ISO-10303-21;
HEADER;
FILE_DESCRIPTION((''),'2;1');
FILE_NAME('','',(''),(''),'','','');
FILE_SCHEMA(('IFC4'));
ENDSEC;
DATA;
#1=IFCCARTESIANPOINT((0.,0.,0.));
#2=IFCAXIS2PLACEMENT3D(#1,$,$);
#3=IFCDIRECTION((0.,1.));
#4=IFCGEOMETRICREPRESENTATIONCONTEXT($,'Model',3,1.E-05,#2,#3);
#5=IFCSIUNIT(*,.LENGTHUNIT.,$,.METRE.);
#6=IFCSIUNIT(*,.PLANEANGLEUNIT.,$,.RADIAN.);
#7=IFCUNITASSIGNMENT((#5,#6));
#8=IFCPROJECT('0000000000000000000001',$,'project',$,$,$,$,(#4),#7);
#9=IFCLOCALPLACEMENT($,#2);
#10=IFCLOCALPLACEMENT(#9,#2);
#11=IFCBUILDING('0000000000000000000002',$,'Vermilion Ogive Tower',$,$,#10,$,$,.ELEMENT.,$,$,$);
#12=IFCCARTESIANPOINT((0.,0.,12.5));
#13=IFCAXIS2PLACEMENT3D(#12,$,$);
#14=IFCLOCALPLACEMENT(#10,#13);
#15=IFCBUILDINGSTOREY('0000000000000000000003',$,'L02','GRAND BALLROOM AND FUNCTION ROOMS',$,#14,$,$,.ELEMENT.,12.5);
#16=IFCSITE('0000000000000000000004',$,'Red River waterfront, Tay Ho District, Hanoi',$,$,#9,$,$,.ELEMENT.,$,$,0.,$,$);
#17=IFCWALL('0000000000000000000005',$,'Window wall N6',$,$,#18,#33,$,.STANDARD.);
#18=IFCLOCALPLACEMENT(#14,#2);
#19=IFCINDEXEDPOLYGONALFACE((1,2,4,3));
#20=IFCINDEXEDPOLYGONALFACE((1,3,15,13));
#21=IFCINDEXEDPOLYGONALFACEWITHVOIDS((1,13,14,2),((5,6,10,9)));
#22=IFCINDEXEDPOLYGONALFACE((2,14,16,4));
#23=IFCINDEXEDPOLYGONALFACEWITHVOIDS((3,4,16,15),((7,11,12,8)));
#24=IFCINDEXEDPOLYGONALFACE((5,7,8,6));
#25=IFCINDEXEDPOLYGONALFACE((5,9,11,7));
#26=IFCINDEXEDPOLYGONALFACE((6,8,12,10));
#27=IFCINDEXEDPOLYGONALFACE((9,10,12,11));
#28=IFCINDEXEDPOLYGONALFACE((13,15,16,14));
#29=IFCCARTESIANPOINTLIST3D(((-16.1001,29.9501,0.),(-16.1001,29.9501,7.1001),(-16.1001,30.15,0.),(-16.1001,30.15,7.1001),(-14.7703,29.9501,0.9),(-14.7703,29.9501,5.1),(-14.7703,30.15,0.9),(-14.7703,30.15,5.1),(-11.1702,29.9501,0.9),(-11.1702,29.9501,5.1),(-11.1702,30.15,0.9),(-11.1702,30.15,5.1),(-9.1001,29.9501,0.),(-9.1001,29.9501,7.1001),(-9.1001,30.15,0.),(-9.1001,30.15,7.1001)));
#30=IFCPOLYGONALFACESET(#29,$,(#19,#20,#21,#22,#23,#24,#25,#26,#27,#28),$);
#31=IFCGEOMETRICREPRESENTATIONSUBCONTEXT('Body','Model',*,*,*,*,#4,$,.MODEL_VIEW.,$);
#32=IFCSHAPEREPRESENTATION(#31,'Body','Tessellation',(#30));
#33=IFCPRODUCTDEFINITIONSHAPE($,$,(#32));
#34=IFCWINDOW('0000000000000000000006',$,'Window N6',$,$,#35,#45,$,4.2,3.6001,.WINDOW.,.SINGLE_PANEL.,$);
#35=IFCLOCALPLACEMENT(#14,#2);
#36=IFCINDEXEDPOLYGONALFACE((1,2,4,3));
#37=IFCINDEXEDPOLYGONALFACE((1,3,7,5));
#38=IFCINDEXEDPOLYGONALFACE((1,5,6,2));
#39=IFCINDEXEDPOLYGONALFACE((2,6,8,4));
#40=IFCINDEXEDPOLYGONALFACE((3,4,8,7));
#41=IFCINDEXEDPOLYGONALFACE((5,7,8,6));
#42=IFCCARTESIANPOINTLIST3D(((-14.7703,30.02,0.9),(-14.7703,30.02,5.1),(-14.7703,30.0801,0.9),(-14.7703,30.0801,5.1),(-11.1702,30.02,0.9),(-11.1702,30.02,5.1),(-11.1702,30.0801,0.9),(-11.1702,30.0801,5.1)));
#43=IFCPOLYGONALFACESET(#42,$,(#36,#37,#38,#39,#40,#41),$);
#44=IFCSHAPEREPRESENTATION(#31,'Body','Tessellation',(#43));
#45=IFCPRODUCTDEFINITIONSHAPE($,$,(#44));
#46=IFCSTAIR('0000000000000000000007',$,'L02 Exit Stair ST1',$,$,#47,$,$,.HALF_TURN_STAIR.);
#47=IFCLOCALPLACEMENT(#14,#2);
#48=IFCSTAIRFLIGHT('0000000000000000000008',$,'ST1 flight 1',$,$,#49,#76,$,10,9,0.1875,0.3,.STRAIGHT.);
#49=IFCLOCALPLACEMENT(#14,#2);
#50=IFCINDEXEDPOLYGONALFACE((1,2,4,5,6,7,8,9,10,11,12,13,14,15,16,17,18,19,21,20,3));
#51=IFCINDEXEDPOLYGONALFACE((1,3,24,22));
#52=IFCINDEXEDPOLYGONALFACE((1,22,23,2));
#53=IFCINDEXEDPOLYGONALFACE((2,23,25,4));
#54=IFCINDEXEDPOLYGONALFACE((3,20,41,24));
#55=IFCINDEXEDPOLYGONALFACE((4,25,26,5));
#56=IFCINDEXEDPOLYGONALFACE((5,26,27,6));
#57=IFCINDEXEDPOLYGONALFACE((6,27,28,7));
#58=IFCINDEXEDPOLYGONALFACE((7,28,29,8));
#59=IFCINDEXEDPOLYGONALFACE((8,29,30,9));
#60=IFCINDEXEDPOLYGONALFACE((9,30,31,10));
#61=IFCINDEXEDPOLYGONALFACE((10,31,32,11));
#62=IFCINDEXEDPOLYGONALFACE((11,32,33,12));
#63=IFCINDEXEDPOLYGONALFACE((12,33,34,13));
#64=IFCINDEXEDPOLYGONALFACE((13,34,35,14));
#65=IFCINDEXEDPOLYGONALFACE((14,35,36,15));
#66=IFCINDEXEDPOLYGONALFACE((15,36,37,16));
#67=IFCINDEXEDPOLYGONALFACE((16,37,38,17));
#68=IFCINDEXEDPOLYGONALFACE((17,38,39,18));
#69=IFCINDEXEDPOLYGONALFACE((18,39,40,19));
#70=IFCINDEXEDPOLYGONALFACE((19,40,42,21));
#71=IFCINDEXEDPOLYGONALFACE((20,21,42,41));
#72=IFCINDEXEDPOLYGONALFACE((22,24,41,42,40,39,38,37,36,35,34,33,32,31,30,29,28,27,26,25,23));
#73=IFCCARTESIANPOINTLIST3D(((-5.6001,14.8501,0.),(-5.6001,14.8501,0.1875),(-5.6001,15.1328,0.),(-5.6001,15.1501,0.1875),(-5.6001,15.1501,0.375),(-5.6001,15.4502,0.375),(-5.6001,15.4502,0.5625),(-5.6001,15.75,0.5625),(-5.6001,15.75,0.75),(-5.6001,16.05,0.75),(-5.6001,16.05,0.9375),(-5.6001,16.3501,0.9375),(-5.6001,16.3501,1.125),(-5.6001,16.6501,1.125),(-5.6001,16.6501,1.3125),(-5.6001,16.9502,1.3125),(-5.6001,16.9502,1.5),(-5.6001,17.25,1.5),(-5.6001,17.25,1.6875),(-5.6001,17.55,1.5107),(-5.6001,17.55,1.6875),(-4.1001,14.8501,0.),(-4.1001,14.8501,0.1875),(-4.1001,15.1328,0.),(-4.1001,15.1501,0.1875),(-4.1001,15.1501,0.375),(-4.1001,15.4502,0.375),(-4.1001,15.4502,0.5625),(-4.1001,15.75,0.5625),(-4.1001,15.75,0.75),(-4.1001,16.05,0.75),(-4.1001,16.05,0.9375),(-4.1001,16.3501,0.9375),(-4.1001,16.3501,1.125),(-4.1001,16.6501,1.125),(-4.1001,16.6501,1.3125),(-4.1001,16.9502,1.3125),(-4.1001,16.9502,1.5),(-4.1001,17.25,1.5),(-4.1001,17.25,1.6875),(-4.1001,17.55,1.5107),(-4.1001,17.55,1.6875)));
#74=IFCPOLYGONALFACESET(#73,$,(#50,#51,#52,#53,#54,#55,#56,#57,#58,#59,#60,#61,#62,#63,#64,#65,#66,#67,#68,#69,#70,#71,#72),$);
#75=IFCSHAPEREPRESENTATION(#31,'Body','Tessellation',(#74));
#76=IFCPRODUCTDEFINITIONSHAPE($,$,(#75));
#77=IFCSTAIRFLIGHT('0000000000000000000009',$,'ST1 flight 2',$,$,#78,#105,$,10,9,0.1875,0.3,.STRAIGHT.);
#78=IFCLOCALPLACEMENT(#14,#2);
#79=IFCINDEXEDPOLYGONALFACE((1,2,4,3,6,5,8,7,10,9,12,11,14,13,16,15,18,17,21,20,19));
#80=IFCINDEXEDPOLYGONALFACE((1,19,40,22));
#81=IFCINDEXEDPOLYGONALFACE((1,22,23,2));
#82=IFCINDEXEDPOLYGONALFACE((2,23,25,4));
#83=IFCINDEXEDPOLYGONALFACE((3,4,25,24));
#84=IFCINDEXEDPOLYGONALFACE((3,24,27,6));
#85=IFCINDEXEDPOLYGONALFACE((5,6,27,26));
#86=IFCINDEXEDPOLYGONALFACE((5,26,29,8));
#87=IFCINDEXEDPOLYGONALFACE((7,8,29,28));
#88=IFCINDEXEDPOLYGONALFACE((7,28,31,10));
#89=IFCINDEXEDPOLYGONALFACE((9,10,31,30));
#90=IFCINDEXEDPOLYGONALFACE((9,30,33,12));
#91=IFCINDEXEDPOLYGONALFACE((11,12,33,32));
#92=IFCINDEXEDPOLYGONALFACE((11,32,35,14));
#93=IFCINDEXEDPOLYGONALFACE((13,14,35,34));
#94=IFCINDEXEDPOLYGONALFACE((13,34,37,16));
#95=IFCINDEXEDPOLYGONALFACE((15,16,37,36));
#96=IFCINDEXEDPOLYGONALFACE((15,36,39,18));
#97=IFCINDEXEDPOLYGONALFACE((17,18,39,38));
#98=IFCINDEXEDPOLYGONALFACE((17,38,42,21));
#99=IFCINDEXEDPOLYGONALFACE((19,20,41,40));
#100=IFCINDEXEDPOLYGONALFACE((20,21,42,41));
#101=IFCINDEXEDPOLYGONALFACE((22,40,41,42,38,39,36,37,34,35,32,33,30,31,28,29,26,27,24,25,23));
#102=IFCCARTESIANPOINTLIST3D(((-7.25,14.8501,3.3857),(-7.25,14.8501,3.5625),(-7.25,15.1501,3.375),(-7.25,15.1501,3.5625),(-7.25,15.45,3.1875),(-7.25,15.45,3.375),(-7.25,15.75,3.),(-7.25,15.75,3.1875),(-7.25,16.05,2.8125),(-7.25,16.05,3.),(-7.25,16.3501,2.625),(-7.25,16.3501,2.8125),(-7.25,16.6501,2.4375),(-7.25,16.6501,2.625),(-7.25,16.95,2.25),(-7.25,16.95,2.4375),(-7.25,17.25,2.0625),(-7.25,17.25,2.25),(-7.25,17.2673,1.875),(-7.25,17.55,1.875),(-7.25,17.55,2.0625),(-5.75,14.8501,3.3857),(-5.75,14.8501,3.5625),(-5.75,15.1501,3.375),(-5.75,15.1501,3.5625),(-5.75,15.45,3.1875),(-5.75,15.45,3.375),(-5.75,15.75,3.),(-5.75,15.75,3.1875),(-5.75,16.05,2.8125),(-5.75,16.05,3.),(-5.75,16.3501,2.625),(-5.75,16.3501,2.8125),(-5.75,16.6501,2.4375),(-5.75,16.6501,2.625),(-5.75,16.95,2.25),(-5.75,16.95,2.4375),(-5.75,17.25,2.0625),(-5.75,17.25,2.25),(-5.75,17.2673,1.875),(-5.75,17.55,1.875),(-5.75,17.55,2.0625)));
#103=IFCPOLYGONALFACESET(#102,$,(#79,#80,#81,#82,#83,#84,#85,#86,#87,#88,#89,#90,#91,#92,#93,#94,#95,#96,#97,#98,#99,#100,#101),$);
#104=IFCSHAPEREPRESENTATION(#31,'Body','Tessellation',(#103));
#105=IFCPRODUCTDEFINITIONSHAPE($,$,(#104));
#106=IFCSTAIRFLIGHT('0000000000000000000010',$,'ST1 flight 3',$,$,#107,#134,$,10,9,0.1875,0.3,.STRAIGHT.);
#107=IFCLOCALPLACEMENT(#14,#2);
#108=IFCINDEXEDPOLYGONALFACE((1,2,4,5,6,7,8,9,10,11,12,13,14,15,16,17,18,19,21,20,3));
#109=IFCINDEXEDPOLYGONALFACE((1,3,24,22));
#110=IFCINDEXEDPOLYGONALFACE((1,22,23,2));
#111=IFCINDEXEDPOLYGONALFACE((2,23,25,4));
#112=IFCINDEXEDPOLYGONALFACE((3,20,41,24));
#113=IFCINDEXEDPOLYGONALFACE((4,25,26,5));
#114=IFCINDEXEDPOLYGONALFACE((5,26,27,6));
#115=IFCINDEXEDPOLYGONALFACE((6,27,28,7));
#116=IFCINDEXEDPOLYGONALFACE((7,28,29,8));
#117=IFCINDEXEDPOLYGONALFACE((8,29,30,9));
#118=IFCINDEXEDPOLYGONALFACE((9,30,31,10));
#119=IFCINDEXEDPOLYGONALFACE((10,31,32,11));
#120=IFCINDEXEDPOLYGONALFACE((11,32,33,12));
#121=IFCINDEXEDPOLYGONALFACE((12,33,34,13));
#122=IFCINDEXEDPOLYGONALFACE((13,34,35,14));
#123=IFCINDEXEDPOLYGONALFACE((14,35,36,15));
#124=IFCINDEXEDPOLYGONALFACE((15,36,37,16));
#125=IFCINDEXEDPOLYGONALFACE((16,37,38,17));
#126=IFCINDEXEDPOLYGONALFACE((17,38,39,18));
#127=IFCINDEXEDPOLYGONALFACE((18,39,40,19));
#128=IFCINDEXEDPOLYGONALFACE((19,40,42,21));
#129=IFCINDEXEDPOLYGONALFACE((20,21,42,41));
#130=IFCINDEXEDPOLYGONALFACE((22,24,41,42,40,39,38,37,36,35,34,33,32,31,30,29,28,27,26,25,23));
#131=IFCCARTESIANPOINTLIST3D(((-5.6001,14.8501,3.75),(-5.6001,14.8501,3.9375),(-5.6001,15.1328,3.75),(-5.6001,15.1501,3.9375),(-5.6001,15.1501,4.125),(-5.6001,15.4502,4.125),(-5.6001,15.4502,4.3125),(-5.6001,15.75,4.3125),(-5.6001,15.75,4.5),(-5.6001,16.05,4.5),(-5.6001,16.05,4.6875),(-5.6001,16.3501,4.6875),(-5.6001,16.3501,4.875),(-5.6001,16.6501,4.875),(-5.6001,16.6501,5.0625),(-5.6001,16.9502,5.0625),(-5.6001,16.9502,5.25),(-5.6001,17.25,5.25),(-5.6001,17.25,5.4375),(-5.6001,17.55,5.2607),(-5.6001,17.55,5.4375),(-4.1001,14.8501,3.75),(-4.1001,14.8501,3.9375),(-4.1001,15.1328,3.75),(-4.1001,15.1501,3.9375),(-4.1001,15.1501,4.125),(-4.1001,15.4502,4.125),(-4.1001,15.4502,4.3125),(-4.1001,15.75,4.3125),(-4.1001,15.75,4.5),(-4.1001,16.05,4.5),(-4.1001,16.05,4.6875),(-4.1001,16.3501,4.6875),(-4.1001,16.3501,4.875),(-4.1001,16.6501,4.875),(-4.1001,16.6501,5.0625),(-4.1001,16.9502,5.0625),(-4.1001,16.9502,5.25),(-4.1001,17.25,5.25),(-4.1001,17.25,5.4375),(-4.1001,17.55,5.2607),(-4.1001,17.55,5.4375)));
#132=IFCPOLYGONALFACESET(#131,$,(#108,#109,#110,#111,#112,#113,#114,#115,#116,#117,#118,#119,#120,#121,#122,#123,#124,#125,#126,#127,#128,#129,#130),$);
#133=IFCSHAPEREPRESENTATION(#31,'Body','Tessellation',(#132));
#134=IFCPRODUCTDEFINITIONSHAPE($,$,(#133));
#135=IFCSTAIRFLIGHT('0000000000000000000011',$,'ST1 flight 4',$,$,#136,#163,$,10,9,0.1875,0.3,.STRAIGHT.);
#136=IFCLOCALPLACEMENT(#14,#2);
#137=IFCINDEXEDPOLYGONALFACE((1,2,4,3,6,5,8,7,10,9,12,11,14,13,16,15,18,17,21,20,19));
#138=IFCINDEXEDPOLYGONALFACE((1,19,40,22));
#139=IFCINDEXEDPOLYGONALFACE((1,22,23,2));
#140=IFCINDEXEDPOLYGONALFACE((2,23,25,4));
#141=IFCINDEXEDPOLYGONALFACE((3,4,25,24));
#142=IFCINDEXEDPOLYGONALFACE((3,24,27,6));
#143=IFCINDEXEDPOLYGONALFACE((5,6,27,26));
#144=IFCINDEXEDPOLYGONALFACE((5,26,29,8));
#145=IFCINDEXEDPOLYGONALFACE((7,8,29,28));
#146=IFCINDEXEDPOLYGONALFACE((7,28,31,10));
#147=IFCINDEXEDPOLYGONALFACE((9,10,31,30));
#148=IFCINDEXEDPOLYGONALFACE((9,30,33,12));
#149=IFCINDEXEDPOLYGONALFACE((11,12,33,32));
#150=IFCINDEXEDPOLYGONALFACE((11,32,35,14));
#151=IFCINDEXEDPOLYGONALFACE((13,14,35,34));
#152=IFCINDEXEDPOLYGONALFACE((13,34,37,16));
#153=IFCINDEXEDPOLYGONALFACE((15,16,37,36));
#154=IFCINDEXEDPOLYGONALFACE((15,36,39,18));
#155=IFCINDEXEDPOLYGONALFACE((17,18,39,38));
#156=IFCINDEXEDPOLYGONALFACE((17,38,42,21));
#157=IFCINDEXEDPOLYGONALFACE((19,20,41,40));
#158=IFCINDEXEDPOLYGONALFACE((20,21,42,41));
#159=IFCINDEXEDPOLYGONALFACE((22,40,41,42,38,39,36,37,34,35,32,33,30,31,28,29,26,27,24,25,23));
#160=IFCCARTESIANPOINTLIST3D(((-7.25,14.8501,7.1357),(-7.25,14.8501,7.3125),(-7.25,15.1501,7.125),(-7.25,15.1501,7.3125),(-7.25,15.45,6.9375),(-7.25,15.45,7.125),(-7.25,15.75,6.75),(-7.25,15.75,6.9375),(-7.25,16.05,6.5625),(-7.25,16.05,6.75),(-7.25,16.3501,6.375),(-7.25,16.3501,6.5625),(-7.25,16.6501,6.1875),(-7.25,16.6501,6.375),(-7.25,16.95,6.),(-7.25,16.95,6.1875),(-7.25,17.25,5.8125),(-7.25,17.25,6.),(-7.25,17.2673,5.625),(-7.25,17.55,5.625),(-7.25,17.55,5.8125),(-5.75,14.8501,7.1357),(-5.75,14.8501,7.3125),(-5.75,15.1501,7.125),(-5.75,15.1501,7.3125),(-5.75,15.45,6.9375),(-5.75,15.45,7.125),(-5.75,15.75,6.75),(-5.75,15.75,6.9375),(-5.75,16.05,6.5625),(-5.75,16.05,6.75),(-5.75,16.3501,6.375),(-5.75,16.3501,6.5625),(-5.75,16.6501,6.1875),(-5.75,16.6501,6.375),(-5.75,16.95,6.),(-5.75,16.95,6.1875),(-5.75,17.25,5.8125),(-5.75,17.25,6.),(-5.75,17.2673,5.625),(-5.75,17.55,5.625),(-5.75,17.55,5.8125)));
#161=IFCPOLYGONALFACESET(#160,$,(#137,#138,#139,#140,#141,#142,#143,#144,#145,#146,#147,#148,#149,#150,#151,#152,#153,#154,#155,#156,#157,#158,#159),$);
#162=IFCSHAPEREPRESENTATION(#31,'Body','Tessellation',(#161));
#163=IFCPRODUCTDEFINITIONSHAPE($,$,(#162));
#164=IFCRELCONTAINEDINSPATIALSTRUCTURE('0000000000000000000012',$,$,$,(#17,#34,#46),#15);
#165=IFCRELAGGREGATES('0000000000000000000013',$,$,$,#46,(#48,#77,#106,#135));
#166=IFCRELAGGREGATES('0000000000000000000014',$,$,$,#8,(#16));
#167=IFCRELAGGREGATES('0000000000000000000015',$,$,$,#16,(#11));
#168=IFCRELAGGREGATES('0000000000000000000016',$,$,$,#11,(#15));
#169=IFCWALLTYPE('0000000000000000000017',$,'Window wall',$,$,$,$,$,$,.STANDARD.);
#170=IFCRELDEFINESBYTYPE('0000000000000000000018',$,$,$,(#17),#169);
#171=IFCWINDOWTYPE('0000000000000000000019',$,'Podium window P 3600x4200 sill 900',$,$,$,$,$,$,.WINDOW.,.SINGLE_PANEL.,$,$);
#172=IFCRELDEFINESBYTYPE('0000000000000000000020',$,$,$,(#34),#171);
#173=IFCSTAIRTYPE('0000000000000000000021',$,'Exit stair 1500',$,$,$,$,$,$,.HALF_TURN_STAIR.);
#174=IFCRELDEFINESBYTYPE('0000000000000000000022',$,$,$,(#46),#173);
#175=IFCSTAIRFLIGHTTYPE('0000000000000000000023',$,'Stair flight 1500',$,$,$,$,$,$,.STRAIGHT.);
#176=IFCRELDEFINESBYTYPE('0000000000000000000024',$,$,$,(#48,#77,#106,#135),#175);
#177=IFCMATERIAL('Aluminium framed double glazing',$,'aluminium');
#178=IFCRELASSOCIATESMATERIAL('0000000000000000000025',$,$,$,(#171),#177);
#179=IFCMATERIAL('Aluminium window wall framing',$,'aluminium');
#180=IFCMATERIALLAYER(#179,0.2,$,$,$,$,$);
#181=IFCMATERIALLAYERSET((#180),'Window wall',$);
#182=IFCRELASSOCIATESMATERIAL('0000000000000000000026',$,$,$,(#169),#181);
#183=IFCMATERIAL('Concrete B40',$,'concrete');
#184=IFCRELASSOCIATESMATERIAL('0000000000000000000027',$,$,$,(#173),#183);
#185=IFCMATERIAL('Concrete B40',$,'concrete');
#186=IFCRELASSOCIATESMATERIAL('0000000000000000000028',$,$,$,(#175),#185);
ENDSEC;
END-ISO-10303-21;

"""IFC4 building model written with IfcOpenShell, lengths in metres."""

from ifc_helpers import new_model, si_unit, direction, frame, frame_2d, origin, place, context, subcontext, project, spatial, polyline, rectangle, outline, extrude, material, layer, layer_set, type_object, element, fill, aggregate, save


model = new_model("IFC4")

# Units and contexts
model_context = context("Model", 3, precision=1e-05, world=origin(), true_north=direction((0.0, 1.0)))
body_context = subcontext(model_context, "Body", "Model", "MODEL_VIEW")
ifc_project = project(units=[si_unit("LENGTHUNIT", "METRE"), si_unit("PLANEANGLEUNIT", "RADIAN")], contexts=[model_context])

# Site, building, storey
site_placement = place(None, origin())
site = spatial("IfcSite", under=ifc_project, at=site_placement, Name="Red River waterfront, Tay Ho District, Hanoi", CompositionType="ELEMENT", RefElevation=0.0)
building_placement = place(site_placement, origin())
building = spatial("IfcBuilding", under=site, at=building_placement, Name="Vermilion Ogive Tower", CompositionType="ELEMENT")
storey_placement = place(building_placement, frame((0.0, 0.0, 12.5)))
storey = spatial("IfcBuildingStorey", under=building, at=storey_placement, Name="L02", Description="GRAND BALLROOM AND FUNCTION ROOMS", CompositionType="ELEMENT", Elevation=12.5)

# Wall, opening, window
ifc_material_1 = material(Name="Aluminium framed double glazing", Category="aluminium")
window_type = type_object("IfcWindowType", Name="Podium window P 3600x4200 sill 900", PartitioningType="SINGLE_PANEL", PredefinedType="WINDOW", material=ifc_material_1)
ifc_material_2 = material(Name="Aluminium window wall framing", Category="aluminium")
ifc_layer_1 = layer(ifc_material_2, 0.2)
ifc_layer_set_1 = layer_set([ifc_layer_1], Name="Window wall")
wall_type_1 = type_object("IfcWallType", Name="Window wall", PredefinedType="STANDARD", material=ifc_layer_set_1)
wall_1_placement = place(storey_placement, frame((-9.1001, 30.05, 0.0), z_axis=(0.0, 0.0, 1.0), x_axis=(-1.0, 0.0, 0.0)))
wall_1 = element("IfcWall", 1, at=wall_1_placement, inside=storey, type_object=wall_type_1, Name="Window wall N6", PredefinedType="STANDARD", context=body_context, shape_type="SweptSolid", body=[
    extrude(rectangle(XDim=7.0, YDim=0.2, at=frame_2d((3.5, 0.0))), origin(), (0.0, 0.0, 1.0), 7.1001),
])
opening_1_placement = place(wall_1_placement, frame((2.0701, 0.0, 0.8999)))
opening_1 = element("IfcOpeningElement", 2, at=opening_1_placement, cuts=wall_1, PredefinedType="OPENING", context=body_context, shape_type="SweptSolid", body=[
    extrude(rectangle(XDim=3.6001, YDim=4.2, at=frame_2d((1.8, 2.1001))), frame((0.0, 0.1099, 0.0), z_axis=(0.0, -1.0, 0.0), x_axis=(1.0, 0.0, 0.0)), (0.0, 0.0, 1.0), 0.22),
])
window_1_placement = place(opening_1_placement, origin())
window_1 = element("IfcWindow", 3, at=window_1_placement, inside=storey, type_object=window_type, Name="Window N6", OverallHeight=4.2, OverallWidth=3.6001, PartitioningType="SINGLE_PANEL", PredefinedType="WINDOW", context=body_context, shape_type="SweptSolid", body=[
    extrude(rectangle(XDim=3.6001, YDim=4.2, at=frame_2d((1.8, 2.1001))), frame((0.0, 0.03, 0.0), z_axis=(0.0, -1.0, 0.0), x_axis=(1.0, 0.0, 0.0)), (0.0, 0.0, 1.0), 0.0601),
])
fill(opening_1, window_1)

# Stair, stair flights
ifc_material_3 = material(Name="Concrete B40", Category="concrete")
stair_type = type_object("IfcStairType", Name="Exit stair 1500", PredefinedType="HALF_TURN_STAIR", material=ifc_material_3)
stair_placement = place(storey_placement, origin())
stair = element("IfcStair", 4, at=stair_placement, inside=storey, type_object=stair_type, Name="L02 Exit Stair ST1", PredefinedType="HALF_TURN_STAIR")
ifc_material_4 = material(Name="Concrete B40", Category="concrete")
stair_flight_type = type_object("IfcStairFlightType", Name="Stair flight 1500", PredefinedType="STRAIGHT", material=ifc_material_4)
stair_flight_1_placement = place(storey_placement, frame((-4.8501, 14.8501, 0.0), z_axis=(0.0, 0.0, 1.0), x_axis=(0.0, 1.0, 0.0)))
stair_flight_1 = element("IfcStairFlight", 5, at=stair_flight_1_placement, type_object=stair_flight_type, Name="ST1 flight 1", NumberOfRisers=10, NumberOfTreads=9, PredefinedType="STRAIGHT", RiserHeight=0.1875, TreadLength=0.3, context=body_context, shape_type="SweptSolid", body=[
    extrude(outline(polyline([(0.0, 0.0), (0.0, 0.1875), (0.3, 0.1875), (0.3, 0.375), (0.6001, 0.375), (0.6001, 0.5625), (0.8999, 0.5625), (0.8999, 0.75), (1.2, 0.75), (1.2, 0.9375), (1.5, 0.9375), (1.5, 1.125), (1.8, 1.125), (1.8, 1.3125), (2.1001, 1.3125), (2.1001, 1.5), (2.3999, 1.5), (2.3999, 1.6875), (2.7, 1.6875), (2.7, 1.875), (2.7, 1.5107), (0.2827, 0.0), (0.0, 0.0)])), frame((0.0, 0.75, 0.0), z_axis=(0.0, -1.0, 0.0), x_axis=(1.0, 0.0, 0.0)), (0.0, 0.0, 1.0), 1.5),
])
stair_flight_2_placement = place(storey_placement, frame((-6.5, 17.55, 1.875), z_axis=(0.0, 0.0, 1.0), x_axis=(0.0, -1.0, 0.0)))
stair_flight_2 = element("IfcStairFlight", 6, at=stair_flight_2_placement, type_object=stair_flight_type, Name="ST1 flight 2", NumberOfRisers=10, NumberOfTreads=9, PredefinedType="STRAIGHT", RiserHeight=0.1875, TreadLength=0.3, context=body_context, shape_type="SweptSolid", body=[
    extrude(outline(polyline([(0.0, 0.0), (0.0, 0.1875), (0.3, 0.1875), (0.3, 0.375), (0.6001, 0.375), (0.6001, 0.5625), (0.8999, 0.5625), (0.8999, 0.75), (1.2, 0.75), (1.2, 0.9375), (1.5, 0.9375), (1.5, 1.125), (1.8, 1.125), (1.8, 1.3125), (2.1001, 1.3125), (2.1001, 1.5), (2.3999, 1.5), (2.3999, 1.6875), (2.7, 1.6875), (2.7, 1.875), (2.7, 1.5107), (0.2827, 0.0), (0.0, 0.0)])), frame((0.0, 0.75, 0.0), z_axis=(0.0, -1.0, 0.0), x_axis=(1.0, 0.0, 0.0)), (0.0, 0.0, 1.0), 1.5),
])
stair_flight_3_placement = place(storey_placement, frame((-4.8501, 14.8501, 3.75), z_axis=(0.0, 0.0, 1.0), x_axis=(0.0, 1.0, 0.0)))
stair_flight_3 = element("IfcStairFlight", 7, at=stair_flight_3_placement, type_object=stair_flight_type, Name="ST1 flight 3", NumberOfRisers=10, NumberOfTreads=9, PredefinedType="STRAIGHT", RiserHeight=0.1875, TreadLength=0.3, context=body_context, shape_type="SweptSolid", body=[
    extrude(outline(polyline([(0.0, 0.0), (0.0, 0.1875), (0.3, 0.1875), (0.3, 0.375), (0.6001, 0.375), (0.6001, 0.5625), (0.8999, 0.5625), (0.8999, 0.75), (1.2, 0.75), (1.2, 0.9375), (1.5, 0.9375), (1.5, 1.125), (1.8, 1.125), (1.8, 1.3125), (2.1001, 1.3125), (2.1001, 1.5), (2.3999, 1.5), (2.3999, 1.6875), (2.7, 1.6875), (2.7, 1.875), (2.7, 1.5107), (0.2827, 0.0), (0.0, 0.0)])), frame((0.0, 0.75, 0.0), z_axis=(0.0, -1.0, 0.0), x_axis=(1.0, 0.0, 0.0)), (0.0, 0.0, 1.0), 1.5),
])
stair_flight_4_placement = place(storey_placement, frame((-6.5, 17.55, 5.625), z_axis=(0.0, 0.0, 1.0), x_axis=(0.0, -1.0, 0.0)))
stair_flight_4 = element("IfcStairFlight", 8, at=stair_flight_4_placement, type_object=stair_flight_type, Name="ST1 flight 4", NumberOfRisers=10, NumberOfTreads=9, PredefinedType="STRAIGHT", RiserHeight=0.1875, TreadLength=0.3, context=body_context, shape_type="SweptSolid", body=[
    extrude(outline(polyline([(0.0, 0.0), (0.0, 0.1875), (0.3, 0.1875), (0.3, 0.375), (0.6001, 0.375), (0.6001, 0.5625), (0.8999, 0.5625), (0.8999, 0.75), (1.2, 0.75), (1.2, 0.9375), (1.5, 0.9375), (1.5, 1.125), (1.8, 1.125), (1.8, 1.3125), (2.1001, 1.3125), (2.1001, 1.5), (2.3999, 1.5), (2.3999, 1.6875), (2.7, 1.6875), (2.7, 1.875), (2.7, 1.5107), (0.2827, 0.0), (0.0, 0.0)])), frame((0.0, 0.75, 0.0), z_axis=(0.0, -1.0, 0.0), x_axis=(1.0, 0.0, 0.0)), (0.0, 0.0, 1.0), 1.5),
])
aggregate(stair, [stair_flight_1, stair_flight_2, stair_flight_3, stair_flight_4])

save(model, "model.ifc")
